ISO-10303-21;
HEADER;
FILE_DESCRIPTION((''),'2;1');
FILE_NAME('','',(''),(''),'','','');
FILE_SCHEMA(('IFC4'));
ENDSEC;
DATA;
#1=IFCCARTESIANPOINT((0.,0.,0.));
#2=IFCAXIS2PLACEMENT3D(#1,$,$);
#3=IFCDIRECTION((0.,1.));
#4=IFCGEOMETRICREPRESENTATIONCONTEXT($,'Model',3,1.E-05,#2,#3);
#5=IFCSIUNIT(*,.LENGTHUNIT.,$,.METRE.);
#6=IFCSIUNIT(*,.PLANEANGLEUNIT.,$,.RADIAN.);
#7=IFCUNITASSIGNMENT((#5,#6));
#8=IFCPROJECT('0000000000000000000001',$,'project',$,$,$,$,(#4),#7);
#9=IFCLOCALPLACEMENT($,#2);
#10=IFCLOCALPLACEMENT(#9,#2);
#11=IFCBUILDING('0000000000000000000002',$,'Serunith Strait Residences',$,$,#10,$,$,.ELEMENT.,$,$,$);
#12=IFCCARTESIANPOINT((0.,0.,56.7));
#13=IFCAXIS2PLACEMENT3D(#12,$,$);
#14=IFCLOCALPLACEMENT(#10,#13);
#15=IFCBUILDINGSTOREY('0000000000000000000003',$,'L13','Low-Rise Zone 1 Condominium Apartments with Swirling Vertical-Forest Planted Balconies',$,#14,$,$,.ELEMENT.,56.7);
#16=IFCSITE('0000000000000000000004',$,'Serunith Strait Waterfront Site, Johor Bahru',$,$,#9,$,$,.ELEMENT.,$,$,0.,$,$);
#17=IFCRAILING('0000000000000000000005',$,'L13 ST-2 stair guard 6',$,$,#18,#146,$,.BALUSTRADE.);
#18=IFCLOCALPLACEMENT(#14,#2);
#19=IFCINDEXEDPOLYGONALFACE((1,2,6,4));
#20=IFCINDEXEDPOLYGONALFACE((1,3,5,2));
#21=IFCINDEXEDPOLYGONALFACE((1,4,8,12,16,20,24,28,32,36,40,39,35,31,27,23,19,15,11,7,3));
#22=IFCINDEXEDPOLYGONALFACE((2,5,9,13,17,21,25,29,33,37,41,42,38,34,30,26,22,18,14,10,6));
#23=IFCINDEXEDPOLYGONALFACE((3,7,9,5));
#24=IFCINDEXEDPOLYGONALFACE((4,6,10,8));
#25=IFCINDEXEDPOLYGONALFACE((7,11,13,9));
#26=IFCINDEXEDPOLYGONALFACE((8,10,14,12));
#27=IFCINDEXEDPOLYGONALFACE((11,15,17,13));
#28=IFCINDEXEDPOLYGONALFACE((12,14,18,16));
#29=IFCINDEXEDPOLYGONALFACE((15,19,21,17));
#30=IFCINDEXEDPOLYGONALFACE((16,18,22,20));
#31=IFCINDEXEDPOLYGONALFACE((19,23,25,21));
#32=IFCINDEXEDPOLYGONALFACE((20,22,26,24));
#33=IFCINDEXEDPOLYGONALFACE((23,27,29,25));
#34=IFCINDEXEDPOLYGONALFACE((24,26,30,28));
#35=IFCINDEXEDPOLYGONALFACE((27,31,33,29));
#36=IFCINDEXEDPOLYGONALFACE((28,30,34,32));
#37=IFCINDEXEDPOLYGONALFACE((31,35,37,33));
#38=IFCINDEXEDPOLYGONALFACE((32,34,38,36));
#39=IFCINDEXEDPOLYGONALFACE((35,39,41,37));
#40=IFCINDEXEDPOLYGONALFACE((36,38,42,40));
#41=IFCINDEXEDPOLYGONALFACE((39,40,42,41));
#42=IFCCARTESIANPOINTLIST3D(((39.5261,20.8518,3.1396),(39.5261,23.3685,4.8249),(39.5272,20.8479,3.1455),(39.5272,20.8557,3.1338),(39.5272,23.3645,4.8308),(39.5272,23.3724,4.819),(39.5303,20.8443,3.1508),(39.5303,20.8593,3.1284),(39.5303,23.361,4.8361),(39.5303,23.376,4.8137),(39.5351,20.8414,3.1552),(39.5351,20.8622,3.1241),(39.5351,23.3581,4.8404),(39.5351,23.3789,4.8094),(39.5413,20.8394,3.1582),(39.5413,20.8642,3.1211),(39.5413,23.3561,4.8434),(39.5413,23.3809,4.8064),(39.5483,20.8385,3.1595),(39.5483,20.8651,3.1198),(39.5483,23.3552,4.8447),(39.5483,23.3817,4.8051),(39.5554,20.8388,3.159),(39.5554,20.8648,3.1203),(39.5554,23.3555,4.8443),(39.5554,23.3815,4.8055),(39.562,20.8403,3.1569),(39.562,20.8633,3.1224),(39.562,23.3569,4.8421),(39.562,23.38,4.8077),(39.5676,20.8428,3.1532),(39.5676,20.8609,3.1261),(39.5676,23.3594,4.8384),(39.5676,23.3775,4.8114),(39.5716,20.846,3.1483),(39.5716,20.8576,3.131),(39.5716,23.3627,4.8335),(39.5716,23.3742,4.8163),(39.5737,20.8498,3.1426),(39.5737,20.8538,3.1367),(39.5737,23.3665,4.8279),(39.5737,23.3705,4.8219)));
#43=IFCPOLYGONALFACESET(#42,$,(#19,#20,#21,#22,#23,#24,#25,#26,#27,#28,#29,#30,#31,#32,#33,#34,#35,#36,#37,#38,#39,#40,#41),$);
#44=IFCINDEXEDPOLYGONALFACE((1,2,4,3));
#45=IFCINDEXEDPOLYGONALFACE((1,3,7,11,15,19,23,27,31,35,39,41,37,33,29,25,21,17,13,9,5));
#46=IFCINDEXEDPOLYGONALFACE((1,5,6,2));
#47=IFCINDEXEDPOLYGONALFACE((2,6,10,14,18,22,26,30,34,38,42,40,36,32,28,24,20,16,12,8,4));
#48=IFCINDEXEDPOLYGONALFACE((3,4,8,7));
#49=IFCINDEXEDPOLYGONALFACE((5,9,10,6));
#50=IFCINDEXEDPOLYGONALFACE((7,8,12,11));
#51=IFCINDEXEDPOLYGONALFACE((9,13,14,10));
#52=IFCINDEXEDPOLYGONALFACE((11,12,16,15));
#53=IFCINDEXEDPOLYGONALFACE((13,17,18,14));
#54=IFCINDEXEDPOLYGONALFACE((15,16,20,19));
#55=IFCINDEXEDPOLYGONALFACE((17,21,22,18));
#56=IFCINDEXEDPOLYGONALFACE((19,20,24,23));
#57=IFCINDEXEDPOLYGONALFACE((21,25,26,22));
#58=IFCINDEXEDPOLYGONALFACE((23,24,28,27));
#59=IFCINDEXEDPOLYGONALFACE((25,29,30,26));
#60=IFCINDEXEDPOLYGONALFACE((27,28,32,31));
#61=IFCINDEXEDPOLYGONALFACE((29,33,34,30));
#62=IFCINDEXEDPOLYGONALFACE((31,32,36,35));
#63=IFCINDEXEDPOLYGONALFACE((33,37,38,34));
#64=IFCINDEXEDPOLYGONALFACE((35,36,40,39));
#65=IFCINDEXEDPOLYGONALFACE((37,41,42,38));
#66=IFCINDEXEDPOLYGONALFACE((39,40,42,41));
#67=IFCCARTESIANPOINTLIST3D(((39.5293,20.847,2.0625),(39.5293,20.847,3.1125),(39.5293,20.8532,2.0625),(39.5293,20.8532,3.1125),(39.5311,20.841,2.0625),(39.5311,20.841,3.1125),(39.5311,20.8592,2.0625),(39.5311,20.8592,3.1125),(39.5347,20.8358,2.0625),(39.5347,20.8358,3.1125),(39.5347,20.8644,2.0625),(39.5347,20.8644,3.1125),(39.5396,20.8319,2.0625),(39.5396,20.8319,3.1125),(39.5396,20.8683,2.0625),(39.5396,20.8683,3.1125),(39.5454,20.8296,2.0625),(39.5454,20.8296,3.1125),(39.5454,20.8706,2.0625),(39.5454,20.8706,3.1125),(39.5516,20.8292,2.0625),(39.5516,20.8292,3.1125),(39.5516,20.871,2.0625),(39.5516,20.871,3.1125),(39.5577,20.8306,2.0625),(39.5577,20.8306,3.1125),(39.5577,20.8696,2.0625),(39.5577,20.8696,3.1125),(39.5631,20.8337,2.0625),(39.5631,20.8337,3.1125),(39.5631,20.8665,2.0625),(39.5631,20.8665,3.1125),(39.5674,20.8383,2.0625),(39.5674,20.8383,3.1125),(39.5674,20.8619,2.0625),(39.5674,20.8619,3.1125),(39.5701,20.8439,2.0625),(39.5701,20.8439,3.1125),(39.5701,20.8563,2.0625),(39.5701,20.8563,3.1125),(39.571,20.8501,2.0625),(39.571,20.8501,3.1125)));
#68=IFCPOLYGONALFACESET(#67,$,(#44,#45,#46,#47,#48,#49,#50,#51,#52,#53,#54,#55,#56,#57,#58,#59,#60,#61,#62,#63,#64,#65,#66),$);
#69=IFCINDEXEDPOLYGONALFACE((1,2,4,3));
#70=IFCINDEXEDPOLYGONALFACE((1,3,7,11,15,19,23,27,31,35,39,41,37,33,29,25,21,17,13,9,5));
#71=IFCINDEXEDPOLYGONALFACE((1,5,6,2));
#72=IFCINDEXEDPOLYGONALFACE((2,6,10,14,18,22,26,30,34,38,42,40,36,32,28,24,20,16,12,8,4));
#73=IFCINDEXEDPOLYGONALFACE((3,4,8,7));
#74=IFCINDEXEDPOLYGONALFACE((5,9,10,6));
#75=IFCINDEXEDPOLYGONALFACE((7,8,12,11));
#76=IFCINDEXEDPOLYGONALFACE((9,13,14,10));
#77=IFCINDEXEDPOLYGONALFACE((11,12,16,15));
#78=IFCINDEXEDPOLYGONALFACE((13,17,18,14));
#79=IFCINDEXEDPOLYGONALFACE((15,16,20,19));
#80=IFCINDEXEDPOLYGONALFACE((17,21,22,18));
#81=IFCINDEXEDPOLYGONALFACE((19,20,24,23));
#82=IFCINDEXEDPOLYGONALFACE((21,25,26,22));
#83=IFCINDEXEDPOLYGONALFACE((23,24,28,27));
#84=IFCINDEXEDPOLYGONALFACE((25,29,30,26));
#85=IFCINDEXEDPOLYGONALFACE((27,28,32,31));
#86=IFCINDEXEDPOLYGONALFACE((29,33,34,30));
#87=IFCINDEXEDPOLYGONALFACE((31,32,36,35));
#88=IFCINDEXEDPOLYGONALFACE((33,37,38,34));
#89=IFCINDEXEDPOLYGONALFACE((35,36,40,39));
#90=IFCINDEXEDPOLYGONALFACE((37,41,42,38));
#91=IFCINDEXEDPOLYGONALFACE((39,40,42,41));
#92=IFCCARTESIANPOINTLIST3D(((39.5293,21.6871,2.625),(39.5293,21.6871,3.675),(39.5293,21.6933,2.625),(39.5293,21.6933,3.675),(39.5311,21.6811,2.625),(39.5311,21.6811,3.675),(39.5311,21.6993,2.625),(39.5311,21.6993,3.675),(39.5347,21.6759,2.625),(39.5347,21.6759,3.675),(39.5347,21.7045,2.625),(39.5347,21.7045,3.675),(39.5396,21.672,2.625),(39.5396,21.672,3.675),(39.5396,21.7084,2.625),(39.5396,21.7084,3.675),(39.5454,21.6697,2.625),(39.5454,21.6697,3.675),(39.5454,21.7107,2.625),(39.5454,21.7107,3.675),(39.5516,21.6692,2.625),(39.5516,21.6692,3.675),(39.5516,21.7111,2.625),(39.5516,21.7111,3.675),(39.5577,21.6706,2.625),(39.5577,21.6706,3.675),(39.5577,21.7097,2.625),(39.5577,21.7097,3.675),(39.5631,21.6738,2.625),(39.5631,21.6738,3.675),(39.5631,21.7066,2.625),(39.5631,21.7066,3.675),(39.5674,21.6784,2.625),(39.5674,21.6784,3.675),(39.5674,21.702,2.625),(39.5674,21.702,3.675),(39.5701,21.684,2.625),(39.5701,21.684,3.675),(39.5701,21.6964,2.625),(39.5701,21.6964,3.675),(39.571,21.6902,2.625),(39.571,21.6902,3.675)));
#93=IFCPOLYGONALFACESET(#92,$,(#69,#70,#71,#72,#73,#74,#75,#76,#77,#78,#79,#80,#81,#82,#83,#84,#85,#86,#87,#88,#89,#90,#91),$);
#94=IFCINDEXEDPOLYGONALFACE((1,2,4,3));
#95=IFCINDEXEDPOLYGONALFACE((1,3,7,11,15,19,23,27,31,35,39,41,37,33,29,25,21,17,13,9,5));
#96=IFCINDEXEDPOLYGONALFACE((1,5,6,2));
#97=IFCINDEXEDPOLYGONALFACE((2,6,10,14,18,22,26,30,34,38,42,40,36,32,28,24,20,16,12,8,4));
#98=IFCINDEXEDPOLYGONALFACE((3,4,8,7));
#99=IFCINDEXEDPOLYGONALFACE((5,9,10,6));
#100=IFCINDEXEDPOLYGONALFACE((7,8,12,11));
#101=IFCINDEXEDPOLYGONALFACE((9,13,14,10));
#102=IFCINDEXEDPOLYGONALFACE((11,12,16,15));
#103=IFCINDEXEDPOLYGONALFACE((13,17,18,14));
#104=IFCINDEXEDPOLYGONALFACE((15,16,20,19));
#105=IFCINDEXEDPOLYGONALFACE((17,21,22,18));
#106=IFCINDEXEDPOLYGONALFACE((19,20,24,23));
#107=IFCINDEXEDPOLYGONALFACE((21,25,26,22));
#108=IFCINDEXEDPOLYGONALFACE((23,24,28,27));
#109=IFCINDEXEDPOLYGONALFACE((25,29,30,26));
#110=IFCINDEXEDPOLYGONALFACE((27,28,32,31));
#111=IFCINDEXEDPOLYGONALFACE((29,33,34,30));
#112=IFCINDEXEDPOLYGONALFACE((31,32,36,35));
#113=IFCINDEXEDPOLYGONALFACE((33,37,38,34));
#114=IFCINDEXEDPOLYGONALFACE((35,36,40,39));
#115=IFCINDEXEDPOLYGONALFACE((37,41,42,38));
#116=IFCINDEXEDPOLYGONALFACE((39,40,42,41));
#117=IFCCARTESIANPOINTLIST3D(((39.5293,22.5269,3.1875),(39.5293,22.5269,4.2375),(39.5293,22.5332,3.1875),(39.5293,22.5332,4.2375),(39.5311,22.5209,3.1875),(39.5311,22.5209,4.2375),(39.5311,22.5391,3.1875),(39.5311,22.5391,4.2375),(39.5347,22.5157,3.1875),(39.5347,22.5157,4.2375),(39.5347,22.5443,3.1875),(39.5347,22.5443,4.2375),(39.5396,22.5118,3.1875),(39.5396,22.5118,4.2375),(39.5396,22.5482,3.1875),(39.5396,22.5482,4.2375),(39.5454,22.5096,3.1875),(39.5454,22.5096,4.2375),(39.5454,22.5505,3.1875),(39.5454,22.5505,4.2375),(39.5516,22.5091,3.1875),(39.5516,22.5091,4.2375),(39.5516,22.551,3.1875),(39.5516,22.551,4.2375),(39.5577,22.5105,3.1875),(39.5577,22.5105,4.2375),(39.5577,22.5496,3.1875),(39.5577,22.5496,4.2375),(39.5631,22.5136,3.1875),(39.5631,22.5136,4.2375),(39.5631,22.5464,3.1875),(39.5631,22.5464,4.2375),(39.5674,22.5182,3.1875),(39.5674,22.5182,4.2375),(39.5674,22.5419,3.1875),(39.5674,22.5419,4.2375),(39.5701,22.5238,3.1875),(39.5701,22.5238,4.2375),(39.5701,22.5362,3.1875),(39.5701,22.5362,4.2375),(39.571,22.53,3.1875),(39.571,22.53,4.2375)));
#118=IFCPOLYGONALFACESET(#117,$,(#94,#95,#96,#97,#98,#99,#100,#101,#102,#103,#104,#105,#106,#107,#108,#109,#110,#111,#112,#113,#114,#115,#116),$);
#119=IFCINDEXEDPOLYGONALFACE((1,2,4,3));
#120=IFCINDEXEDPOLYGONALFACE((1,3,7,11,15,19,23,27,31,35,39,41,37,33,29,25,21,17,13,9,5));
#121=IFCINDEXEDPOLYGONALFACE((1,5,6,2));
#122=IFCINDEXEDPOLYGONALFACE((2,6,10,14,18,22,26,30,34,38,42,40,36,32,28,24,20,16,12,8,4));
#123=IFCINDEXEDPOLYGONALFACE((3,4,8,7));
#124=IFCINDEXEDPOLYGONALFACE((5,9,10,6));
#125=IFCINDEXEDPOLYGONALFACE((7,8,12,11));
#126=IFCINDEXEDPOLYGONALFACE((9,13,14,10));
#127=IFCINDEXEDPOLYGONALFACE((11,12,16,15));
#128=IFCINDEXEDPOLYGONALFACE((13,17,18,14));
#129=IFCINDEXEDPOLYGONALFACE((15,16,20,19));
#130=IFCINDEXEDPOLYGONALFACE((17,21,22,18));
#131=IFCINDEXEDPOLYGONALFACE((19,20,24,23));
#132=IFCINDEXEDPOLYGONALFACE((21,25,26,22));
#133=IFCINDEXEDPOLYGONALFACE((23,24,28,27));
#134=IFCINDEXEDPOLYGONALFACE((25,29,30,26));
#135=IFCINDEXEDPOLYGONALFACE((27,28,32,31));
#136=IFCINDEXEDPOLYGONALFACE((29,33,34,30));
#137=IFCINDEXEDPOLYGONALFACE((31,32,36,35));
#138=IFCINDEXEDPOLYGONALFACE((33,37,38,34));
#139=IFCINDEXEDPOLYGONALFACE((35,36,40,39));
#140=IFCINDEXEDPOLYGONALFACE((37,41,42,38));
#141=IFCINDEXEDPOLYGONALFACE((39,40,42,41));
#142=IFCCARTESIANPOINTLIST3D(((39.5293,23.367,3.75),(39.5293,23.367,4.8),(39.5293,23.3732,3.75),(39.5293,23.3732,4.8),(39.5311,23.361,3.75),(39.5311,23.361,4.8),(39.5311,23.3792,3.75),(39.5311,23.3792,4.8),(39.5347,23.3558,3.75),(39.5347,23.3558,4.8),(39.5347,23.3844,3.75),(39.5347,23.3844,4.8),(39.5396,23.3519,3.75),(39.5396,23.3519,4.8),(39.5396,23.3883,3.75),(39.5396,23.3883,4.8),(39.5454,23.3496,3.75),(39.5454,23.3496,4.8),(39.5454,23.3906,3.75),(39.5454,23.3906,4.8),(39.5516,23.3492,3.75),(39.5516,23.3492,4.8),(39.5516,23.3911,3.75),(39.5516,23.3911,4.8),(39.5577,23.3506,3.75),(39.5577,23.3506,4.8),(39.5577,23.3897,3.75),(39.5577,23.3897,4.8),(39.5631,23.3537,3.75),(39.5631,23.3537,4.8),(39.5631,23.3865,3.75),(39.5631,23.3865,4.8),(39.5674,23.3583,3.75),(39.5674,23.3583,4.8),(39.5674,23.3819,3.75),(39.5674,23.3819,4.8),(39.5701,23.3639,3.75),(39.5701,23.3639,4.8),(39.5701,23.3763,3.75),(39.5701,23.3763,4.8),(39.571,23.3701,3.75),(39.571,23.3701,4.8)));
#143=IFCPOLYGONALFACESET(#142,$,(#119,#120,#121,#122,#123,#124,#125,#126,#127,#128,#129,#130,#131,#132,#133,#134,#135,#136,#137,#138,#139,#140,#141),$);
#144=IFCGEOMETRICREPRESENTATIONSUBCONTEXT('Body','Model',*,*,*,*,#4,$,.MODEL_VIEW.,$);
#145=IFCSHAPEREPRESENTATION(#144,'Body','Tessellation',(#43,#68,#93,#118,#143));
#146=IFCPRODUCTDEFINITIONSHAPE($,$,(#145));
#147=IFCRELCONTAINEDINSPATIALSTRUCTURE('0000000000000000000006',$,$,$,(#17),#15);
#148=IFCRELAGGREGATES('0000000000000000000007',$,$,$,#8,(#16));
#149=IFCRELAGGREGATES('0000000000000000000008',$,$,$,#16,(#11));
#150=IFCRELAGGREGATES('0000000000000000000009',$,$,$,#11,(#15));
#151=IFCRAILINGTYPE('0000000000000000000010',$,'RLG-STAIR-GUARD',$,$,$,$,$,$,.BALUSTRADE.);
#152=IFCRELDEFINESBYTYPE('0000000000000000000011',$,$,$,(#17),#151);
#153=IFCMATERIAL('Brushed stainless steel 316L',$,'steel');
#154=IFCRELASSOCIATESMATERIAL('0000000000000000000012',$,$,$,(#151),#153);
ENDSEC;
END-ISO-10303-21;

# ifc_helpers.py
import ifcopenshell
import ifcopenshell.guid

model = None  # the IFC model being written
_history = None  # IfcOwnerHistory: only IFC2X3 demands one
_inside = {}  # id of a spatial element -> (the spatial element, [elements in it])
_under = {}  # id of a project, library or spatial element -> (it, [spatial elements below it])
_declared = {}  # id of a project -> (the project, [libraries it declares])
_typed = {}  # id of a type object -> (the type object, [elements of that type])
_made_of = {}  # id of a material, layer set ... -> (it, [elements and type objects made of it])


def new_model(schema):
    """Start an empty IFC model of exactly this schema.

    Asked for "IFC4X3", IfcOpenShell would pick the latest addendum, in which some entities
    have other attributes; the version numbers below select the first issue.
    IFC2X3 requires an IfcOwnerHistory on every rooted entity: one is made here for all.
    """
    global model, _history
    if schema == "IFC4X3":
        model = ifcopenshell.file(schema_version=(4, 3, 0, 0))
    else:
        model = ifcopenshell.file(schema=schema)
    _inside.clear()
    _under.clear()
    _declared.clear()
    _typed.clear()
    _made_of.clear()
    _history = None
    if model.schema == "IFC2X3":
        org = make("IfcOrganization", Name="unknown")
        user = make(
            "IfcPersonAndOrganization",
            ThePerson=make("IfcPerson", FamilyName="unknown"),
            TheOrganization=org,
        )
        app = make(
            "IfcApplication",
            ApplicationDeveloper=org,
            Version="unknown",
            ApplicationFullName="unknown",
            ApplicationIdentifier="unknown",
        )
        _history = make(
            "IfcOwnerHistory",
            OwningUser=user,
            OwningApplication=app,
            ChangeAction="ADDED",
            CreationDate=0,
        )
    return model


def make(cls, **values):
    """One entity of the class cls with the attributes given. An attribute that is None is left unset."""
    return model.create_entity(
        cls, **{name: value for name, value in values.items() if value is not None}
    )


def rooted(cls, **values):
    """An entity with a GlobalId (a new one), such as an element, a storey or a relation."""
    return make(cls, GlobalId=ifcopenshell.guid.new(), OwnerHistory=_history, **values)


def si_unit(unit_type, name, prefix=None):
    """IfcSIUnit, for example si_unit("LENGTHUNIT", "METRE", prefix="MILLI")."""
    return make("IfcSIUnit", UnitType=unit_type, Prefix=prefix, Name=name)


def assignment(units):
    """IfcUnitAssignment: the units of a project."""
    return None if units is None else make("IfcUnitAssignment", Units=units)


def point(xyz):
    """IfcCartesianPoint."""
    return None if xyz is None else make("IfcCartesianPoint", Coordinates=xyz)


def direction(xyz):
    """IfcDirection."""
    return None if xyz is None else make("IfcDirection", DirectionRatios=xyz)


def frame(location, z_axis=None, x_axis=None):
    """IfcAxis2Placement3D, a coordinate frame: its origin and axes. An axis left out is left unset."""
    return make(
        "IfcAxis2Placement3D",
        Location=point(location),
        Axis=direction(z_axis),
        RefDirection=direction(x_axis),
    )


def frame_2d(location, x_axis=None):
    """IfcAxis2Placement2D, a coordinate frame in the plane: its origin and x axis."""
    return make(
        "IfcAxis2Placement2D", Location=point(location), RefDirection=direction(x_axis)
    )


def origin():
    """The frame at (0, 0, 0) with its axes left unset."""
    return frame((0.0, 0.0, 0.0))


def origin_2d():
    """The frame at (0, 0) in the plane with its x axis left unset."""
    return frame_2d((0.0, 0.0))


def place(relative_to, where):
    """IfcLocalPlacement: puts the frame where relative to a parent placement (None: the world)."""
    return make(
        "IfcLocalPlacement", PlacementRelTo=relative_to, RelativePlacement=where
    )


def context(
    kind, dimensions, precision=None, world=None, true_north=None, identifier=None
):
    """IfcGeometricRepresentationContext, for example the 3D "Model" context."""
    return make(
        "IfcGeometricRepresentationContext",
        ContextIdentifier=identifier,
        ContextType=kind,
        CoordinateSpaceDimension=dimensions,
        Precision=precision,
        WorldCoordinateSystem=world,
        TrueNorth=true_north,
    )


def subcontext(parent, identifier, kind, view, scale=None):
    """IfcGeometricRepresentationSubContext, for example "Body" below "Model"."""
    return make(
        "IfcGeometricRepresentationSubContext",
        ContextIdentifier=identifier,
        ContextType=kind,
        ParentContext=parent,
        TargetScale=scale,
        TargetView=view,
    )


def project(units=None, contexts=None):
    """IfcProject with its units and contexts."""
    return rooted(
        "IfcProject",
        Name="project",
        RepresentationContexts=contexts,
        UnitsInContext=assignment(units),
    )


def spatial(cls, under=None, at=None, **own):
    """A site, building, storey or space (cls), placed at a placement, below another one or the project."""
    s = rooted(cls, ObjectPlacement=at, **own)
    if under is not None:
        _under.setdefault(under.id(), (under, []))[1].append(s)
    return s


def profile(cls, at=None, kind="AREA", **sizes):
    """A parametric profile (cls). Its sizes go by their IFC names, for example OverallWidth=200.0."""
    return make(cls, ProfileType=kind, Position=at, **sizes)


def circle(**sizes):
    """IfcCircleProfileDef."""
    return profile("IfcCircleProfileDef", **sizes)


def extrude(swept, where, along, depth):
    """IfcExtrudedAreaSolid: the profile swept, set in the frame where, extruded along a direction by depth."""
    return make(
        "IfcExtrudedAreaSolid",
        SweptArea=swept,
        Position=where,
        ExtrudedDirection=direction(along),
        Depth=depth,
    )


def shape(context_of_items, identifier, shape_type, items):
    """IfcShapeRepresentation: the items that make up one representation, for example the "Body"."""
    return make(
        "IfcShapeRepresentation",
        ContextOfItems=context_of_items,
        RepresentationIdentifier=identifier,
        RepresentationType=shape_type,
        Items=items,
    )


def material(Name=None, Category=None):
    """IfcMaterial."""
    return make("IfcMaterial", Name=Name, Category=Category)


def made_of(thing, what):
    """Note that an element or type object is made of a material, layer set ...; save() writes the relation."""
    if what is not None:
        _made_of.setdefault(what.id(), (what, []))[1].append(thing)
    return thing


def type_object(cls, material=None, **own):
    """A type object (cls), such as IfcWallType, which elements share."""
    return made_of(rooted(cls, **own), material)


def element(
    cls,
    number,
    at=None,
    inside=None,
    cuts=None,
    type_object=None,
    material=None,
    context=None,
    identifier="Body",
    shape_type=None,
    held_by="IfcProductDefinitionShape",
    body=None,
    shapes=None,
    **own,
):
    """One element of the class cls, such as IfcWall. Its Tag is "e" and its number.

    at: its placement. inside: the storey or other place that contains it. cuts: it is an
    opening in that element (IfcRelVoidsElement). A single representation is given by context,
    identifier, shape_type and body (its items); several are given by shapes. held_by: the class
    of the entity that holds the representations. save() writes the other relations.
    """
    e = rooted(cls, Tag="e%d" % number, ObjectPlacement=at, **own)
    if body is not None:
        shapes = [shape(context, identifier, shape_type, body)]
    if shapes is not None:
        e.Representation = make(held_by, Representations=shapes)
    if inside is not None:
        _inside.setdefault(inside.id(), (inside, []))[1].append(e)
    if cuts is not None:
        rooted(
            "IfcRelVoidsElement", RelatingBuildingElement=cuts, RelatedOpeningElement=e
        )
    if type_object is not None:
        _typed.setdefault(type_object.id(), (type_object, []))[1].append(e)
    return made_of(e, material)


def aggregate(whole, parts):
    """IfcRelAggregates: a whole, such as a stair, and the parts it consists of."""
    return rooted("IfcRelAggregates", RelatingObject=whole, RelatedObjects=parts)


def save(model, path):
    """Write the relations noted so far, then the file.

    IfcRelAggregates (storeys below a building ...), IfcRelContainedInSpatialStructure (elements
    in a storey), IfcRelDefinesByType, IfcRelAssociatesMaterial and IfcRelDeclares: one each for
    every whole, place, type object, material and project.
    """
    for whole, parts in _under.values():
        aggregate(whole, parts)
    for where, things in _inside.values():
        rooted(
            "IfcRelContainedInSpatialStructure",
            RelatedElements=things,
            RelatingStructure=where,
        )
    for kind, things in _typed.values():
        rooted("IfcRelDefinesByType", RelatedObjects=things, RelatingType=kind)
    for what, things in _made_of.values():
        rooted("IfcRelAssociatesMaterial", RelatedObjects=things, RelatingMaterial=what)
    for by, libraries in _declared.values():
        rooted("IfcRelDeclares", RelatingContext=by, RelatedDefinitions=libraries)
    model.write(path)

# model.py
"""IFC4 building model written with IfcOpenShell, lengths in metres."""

from ifc_helpers import new_model, si_unit, direction, frame, origin, origin_2d, place, context, subcontext, project, spatial, circle, extrude, material, type_object, element, save


model = new_model("IFC4")

# Units and contexts
model_context = context("Model", 3, precision=1e-05, world=origin(), true_north=direction((0.0, 1.0)))
body_context = subcontext(model_context, "Body", "Model", "MODEL_VIEW")
ifc_project = project(units=[si_unit("LENGTHUNIT", "METRE"), si_unit("PLANEANGLEUNIT", "RADIAN")], contexts=[model_context])

# Site, building, storey
site_placement = place(None, origin())
site = spatial("IfcSite", under=ifc_project, at=site_placement, Name="Serunith Strait Waterfront Site, Johor Bahru", CompositionType="ELEMENT", RefElevation=0.0)
building_placement = place(site_placement, origin())
building = spatial("IfcBuilding", under=site, at=building_placement, Name="Serunith Strait Residences", CompositionType="ELEMENT")
storey_placement = place(building_placement, frame((0.0, 0.0, 56.7)))
storey = spatial("IfcBuildingStorey", under=building, at=storey_placement, Name="L13", Description="Low-Rise Zone 1 Condominium Apartments with Swirling Vertical-Forest Planted Balconies", CompositionType="ELEMENT", Elevation=56.7)

# Railing
ifc_material_1 = material(Name="Brushed stainless steel 316L", Category="steel")
railing_type_1 = type_object("IfcRailingType", Name="RLG-STAIR-GUARD", PredefinedType="BALUSTRADE", material=ifc_material_1)
railing_1_placement = place(storey_placement, frame((39.55, 20.8501, 2.0625)))
element("IfcRailing", 1, at=railing_1_placement, inside=storey, type_object=railing_type_1, Name="L13 ST-2 stair guard 6", PredefinedType="BALUSTRADE", context=body_context, shape_type="SweptSolid", body=[
    extrude(circle(Radius=0.0239, at=origin_2d()), frame((0.0, 0.0017, 1.0771), z_axis=(0.0, 0.830909, 0.556408), x_axis=(-1.0, 0.0, 0.0)), (0.0, 0.0, 1.0), 3.0288),
    extrude(circle(Radius=0.021, at=origin_2d()), origin(), (0.0, 0.0, 1.0), 1.05),
    extrude(circle(Radius=0.021, at=origin_2d()), frame((0.0, 0.8401, 0.5625)), (0.0, 0.0, 1.0), 1.05),
    extrude(circle(Radius=0.021, at=origin_2d()), frame((0.0, 1.6799, 1.125)), (0.0, 0.0, 1.0), 1.05),
    extrude(circle(Radius=0.021, at=origin_2d()), frame((0.0, 2.52, 1.6875)), (0.0, 0.0, 1.0), 1.05),
])

save(model, "model.ifc")
